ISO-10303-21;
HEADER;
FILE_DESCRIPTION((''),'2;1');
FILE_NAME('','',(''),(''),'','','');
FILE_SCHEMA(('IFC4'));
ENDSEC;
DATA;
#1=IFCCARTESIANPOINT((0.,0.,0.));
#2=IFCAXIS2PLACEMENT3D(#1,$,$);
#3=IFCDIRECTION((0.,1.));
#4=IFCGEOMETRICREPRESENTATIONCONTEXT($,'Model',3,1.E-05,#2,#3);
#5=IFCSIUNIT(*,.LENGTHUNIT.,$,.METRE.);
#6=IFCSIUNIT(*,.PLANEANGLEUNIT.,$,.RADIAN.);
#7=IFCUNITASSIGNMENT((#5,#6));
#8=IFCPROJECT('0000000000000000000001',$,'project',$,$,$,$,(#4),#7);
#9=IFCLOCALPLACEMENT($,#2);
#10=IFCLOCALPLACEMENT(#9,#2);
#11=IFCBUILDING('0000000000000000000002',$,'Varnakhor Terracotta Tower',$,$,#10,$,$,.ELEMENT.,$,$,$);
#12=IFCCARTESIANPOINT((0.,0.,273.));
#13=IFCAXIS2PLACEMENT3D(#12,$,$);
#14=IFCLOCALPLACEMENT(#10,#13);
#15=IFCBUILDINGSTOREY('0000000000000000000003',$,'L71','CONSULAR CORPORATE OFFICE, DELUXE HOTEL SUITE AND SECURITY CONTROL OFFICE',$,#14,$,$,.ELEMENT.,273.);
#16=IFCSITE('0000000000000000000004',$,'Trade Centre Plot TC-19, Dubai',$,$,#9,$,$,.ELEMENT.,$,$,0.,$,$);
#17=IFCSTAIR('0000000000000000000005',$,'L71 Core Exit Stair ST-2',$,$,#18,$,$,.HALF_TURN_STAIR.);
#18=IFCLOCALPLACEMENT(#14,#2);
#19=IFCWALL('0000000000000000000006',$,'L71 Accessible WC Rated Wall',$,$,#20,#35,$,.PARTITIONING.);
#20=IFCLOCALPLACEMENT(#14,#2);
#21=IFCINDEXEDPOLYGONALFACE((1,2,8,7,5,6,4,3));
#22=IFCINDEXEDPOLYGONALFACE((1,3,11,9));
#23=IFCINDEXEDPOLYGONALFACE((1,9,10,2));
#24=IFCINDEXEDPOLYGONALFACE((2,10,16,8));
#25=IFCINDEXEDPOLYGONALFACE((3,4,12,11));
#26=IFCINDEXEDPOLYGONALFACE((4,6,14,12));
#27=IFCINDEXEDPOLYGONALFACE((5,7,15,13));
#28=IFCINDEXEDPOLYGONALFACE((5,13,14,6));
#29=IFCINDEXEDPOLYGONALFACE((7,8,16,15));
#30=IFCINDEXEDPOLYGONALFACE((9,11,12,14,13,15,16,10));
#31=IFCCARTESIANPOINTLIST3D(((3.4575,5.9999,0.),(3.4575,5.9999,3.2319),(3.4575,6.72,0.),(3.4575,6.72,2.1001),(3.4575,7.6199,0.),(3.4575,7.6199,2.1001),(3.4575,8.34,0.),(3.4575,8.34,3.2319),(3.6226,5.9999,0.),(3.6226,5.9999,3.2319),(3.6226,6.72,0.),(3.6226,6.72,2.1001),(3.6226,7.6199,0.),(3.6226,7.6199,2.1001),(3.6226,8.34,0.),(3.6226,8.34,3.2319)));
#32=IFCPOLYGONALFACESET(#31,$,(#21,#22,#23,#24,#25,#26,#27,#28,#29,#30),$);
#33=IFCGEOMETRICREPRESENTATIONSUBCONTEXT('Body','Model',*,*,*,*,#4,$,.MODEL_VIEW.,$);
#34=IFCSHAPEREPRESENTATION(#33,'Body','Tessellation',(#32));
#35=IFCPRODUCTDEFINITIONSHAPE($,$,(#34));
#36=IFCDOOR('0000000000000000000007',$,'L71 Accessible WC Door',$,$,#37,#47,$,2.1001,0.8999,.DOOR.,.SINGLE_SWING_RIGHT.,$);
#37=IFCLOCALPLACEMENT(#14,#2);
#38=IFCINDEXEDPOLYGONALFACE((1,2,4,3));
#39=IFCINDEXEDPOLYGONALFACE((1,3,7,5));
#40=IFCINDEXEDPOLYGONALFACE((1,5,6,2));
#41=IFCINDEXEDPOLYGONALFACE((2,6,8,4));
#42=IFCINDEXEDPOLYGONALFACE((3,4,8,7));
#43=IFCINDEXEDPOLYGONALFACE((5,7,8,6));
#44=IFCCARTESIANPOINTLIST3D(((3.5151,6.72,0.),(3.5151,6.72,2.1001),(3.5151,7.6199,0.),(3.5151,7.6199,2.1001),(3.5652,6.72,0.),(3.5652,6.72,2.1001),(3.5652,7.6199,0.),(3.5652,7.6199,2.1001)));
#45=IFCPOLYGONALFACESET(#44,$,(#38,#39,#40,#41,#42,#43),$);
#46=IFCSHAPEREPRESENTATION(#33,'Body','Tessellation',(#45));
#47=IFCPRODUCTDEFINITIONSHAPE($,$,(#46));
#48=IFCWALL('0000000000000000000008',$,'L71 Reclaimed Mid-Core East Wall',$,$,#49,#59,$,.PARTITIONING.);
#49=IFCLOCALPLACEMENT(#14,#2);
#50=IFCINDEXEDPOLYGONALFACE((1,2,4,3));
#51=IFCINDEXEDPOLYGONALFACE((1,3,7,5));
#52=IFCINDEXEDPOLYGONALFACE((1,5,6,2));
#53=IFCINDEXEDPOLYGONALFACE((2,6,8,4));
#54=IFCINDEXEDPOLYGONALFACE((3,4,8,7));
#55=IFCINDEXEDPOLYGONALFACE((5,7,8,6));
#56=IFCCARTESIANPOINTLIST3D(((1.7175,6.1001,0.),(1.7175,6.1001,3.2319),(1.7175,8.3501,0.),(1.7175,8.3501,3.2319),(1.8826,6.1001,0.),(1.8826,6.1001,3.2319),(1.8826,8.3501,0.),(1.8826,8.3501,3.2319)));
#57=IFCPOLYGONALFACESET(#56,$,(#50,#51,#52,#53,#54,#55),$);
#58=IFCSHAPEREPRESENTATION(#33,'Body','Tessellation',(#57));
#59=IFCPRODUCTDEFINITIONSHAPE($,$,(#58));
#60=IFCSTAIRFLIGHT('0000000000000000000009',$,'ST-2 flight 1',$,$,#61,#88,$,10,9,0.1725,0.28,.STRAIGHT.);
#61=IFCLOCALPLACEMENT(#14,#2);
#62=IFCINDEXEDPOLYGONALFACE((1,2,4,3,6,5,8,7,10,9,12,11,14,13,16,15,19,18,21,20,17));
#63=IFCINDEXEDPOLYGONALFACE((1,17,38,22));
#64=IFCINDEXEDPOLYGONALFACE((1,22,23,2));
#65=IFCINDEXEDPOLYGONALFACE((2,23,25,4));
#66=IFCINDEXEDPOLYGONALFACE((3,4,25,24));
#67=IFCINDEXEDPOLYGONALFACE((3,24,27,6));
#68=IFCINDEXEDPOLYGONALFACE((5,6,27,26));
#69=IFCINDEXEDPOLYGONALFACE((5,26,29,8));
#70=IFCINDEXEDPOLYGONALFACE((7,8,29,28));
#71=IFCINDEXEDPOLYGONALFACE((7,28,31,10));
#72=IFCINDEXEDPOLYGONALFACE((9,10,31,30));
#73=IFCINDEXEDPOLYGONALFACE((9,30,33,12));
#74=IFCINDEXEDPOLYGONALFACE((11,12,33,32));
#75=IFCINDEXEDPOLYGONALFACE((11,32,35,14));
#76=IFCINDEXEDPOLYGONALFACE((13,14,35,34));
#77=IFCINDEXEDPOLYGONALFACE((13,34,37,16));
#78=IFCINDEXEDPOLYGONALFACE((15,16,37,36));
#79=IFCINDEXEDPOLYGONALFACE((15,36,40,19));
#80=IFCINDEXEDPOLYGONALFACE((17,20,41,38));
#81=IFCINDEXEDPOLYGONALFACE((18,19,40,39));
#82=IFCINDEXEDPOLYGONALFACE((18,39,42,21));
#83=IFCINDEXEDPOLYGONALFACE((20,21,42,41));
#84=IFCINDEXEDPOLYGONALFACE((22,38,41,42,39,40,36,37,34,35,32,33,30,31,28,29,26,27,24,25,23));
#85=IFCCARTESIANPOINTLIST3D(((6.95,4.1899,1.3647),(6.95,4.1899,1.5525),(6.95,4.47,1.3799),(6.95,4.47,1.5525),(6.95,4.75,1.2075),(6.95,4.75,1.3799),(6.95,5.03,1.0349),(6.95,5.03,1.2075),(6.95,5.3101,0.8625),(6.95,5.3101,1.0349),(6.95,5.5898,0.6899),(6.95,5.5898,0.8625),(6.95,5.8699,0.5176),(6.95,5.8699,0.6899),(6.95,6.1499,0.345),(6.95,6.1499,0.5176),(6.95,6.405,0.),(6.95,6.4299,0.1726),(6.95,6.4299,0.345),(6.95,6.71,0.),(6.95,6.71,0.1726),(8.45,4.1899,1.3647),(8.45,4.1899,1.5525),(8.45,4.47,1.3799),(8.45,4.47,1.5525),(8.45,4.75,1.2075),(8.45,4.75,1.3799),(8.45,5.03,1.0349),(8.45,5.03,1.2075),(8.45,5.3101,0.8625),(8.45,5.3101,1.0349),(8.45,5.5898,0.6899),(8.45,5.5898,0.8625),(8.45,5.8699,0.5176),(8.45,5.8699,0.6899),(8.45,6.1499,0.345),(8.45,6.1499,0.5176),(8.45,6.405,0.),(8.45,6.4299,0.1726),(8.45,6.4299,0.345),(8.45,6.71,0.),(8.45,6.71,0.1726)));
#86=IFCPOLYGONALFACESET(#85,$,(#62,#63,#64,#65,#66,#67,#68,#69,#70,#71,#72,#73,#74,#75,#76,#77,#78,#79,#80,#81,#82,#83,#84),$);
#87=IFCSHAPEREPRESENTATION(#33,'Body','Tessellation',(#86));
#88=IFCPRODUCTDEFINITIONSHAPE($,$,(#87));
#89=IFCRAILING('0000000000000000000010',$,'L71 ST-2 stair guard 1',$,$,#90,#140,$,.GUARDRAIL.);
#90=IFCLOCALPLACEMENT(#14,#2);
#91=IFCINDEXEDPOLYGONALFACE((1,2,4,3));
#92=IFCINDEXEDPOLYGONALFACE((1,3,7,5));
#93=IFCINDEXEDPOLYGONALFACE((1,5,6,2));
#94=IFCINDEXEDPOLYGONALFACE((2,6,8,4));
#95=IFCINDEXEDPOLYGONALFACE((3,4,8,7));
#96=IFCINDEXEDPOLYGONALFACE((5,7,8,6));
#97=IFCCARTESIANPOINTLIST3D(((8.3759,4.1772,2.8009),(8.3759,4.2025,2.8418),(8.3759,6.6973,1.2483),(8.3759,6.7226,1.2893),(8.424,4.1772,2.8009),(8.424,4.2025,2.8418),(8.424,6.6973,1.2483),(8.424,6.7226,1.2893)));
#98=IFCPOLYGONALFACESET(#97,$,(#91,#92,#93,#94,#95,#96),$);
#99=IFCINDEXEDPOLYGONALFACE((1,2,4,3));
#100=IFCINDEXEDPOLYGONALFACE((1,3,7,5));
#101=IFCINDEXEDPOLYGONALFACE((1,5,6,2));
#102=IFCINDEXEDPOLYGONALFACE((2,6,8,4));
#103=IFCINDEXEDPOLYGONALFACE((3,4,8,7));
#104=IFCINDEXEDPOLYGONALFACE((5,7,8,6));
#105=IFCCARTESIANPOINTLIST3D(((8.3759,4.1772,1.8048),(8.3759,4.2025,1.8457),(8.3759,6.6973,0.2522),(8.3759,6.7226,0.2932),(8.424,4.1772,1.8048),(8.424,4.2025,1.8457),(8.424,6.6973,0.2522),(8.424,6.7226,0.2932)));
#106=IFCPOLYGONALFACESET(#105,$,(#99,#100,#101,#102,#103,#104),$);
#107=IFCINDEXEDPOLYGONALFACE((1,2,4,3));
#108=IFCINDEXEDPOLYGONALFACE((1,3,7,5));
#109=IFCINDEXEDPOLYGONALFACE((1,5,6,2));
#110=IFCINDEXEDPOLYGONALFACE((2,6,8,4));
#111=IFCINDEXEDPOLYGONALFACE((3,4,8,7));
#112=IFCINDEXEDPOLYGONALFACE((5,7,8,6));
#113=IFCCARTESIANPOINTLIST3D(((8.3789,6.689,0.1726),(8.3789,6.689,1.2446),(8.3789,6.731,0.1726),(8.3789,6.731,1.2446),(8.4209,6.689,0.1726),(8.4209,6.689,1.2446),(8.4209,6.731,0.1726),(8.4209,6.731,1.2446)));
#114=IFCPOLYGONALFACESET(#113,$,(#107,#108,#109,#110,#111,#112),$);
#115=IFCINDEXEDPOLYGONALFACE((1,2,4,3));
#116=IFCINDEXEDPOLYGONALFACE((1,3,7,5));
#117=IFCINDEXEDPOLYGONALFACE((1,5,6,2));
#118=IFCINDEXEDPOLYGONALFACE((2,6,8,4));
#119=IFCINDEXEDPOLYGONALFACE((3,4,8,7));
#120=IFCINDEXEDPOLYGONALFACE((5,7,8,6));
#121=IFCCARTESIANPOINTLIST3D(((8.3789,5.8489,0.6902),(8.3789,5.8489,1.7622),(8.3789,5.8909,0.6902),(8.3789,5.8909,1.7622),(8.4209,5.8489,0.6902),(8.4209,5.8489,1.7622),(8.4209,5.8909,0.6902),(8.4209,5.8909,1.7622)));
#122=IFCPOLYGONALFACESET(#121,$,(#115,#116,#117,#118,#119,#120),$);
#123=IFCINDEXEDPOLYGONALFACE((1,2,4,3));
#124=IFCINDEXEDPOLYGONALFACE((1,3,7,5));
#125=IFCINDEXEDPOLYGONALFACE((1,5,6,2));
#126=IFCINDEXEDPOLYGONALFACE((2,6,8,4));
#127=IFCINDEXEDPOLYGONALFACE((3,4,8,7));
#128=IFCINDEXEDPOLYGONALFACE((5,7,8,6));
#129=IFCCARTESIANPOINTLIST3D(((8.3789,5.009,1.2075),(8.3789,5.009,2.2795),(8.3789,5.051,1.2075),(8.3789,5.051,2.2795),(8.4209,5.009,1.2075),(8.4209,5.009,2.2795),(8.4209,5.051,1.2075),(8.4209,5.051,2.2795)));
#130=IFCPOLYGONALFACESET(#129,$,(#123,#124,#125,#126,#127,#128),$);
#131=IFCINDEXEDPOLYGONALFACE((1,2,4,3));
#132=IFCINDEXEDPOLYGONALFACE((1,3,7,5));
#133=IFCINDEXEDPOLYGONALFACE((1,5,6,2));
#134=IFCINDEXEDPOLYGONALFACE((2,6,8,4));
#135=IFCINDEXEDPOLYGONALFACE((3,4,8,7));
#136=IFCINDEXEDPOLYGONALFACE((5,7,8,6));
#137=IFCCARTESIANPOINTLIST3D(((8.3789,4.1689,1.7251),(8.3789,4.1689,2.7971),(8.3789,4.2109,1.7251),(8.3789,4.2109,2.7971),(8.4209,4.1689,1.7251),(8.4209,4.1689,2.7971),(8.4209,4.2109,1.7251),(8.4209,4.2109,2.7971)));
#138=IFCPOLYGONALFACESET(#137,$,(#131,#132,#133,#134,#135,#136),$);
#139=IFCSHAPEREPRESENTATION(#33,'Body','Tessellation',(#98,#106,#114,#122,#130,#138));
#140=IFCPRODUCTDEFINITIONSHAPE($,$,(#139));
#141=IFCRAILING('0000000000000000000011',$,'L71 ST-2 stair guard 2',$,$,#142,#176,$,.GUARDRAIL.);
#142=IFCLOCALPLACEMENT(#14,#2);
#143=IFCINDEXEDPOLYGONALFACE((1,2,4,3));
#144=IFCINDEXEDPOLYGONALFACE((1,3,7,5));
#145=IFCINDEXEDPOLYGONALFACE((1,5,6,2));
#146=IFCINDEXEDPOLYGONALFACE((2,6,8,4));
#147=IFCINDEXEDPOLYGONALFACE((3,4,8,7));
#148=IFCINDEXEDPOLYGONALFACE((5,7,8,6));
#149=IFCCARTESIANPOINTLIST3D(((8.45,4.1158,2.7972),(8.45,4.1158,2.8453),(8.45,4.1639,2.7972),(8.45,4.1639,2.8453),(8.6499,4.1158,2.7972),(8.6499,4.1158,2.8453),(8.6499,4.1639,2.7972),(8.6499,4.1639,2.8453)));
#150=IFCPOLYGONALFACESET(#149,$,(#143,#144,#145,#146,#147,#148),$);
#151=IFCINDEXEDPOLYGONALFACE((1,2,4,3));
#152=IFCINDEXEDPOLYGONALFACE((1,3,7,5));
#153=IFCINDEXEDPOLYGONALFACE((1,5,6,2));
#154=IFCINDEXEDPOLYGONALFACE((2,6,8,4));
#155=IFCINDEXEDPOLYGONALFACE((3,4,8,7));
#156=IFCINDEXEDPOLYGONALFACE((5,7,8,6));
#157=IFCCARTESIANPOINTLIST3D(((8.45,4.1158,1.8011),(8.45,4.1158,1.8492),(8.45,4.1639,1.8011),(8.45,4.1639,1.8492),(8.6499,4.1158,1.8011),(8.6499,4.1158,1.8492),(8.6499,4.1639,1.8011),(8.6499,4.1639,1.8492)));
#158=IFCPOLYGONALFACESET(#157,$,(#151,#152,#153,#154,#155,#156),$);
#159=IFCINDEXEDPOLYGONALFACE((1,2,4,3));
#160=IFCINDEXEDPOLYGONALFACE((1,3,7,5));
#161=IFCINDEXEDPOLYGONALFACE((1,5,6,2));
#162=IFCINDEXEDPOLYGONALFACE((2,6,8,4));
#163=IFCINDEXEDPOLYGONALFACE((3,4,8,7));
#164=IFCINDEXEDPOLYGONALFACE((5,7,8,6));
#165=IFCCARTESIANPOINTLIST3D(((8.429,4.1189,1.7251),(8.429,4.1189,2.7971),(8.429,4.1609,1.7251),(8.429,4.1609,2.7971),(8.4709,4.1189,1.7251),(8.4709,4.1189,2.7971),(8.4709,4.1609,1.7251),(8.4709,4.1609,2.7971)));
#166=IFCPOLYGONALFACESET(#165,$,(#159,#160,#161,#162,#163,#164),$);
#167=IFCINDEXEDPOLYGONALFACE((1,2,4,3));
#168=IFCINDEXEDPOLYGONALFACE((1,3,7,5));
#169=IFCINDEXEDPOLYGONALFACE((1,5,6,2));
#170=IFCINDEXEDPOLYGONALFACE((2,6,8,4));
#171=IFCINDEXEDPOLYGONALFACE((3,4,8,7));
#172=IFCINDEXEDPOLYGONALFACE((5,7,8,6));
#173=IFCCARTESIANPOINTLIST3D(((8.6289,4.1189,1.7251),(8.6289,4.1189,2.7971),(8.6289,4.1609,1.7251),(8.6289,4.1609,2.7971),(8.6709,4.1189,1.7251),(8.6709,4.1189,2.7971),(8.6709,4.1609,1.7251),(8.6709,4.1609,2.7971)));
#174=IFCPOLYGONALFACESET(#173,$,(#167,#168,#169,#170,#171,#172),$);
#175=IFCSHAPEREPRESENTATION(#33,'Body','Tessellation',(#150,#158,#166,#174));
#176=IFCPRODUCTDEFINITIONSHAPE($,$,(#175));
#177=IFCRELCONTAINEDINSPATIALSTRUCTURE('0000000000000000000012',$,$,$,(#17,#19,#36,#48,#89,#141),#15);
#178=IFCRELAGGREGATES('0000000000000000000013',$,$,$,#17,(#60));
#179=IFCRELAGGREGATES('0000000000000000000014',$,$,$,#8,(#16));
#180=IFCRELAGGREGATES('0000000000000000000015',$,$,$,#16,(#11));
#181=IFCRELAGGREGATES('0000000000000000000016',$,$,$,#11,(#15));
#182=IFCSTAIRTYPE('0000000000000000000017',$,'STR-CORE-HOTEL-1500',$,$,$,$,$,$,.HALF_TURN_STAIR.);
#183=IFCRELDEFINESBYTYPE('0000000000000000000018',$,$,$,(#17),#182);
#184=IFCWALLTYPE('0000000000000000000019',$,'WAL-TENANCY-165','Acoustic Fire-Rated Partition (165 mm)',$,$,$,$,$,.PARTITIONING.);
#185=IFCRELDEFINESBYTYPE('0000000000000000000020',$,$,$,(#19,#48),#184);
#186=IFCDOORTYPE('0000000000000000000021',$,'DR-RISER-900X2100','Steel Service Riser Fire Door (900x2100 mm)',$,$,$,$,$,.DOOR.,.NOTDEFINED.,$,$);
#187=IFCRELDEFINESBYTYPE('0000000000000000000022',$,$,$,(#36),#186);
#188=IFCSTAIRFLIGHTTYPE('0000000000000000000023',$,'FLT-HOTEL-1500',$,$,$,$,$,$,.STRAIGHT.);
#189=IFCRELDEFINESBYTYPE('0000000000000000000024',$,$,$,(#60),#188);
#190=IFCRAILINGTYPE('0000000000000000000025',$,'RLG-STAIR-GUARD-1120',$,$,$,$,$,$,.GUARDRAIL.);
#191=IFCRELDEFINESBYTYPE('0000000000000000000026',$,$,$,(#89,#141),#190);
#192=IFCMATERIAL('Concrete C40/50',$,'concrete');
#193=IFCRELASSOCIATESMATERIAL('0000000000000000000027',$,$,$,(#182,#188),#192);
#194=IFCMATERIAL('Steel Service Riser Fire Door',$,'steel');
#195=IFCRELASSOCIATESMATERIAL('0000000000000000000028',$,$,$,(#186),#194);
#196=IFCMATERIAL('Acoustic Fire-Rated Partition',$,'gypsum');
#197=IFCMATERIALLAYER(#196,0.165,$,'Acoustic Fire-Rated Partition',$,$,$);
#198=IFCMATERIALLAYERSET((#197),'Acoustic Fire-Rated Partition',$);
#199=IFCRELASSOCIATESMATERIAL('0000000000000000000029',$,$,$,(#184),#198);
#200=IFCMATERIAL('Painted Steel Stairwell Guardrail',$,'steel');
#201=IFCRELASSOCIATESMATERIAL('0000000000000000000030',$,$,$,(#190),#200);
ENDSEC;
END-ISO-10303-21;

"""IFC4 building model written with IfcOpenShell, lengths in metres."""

from ifc_helpers import new_model, si_unit, direction, frame, frame_2d, origin, origin_2d, place, context, subcontext, project, spatial, polyline, rectangle, outline, extrude, source, transform, mapped, material, layer, layer_set, type_object, type_shapes, element, fill, aggregate, save


model = new_model("IFC4")

# Units and contexts
model_context = context("Model", 3, precision=1e-05, world=origin(), true_north=direction((0.0, 1.0)))
body_context = subcontext(model_context, "Body", "Model", "MODEL_VIEW")
ifc_project = project(units=[si_unit("LENGTHUNIT", "METRE"), si_unit("PLANEANGLEUNIT", "RADIAN")], contexts=[model_context])

# Site, building, storey
site_placement = place(None, origin())
site = spatial("IfcSite", under=ifc_project, at=site_placement, Name="Trade Centre Plot TC-19, Dubai", CompositionType="ELEMENT", RefElevation=0.0)
building_placement = place(site_placement, origin())
building = spatial("IfcBuilding", under=site, at=building_placement, Name="Varnakhor Terracotta Tower", CompositionType="ELEMENT")
storey_placement = place(building_placement, frame((0.0, 0.0, 273.0)))
storey = spatial("IfcBuildingStorey", under=building, at=storey_placement, Name="L71", Description="CONSULAR CORPORATE OFFICE, DELUXE HOTEL SUITE AND SECURITY CONTROL OFFICE", CompositionType="ELEMENT", Elevation=273.0)

# Shared definitions
ifc_material_1 = material(Name="Concrete C40/50", Category="concrete")

# Stair
stair_type = type_object("IfcStairType", Name="STR-CORE-HOTEL-1500", PredefinedType="HALF_TURN_STAIR", material=ifc_material_1)
stair_1_placement = place(storey_placement, origin())
stair_1 = element("IfcStair", 1, at=stair_1_placement, inside=storey, type_object=stair_type, Name="L71 Core Exit Stair ST-2", PredefinedType="HALF_TURN_STAIR")

# Shared definitions
ifc_material_2 = material(Name="Acoustic Fire-Rated Partition", Category="gypsum")

# Wall, opening, door
ifc_material_3 = material(Name="Steel Service Riser Fire Door", Category="steel")
door_type_1 = type_object("IfcDoorType", Name="DR-RISER-900X2100", Description="Steel Service Riser Fire Door (900x2100 mm)", OperationType="NOTDEFINED", PredefinedType="DOOR", material=ifc_material_3)
shared_shape_1 = source(origin(), body_context, "Body", "SweptSolid", [
    extrude(rectangle(XDim=0.8999, YDim=2.1001, at=frame_2d((0.45, 1.05))), frame((0.0, 0.0249, 0.0), z_axis=(0.0, -1.0, 0.0), x_axis=(1.0, 0.0, 0.0)), (0.0, 0.0, 1.0), 0.05),
])
type_shapes(door_type_1, [shared_shape_1])
ifc_layer_1 = layer(ifc_material_2, 0.165, Name="Acoustic Fire-Rated Partition")
ifc_layer_set_1 = layer_set([ifc_layer_1], Name="Acoustic Fire-Rated Partition")
wall_type_1 = type_object("IfcWallType", Name="WAL-TENANCY-165", Description="Acoustic Fire-Rated Partition (165 mm)", PredefinedType="PARTITIONING", material=ifc_layer_set_1)
wall_1_placement = place(storey_placement, frame((3.54, 6.0, 0.0), z_axis=(0.0, 0.0, 1.0), x_axis=(0.0, 1.0, 0.0)))
wall_1 = element("IfcWall", 2, at=wall_1_placement, inside=storey, type_object=wall_type_1, Name="L71 Accessible WC Rated Wall", PredefinedType="PARTITIONING", context=body_context, shape_type="SweptSolid", body=[
    extrude(rectangle(XDim=2.3401, YDim=0.165, at=frame_2d((1.1699, 0.0))), origin(), (0.0, 0.0, 1.0), 3.2319),
])
opening_1_placement = place(wall_1_placement, frame((0.72, 0.0, 0.0)))
opening_1 = element("IfcOpeningElement", 3, at=opening_1_placement, cuts=wall_1, PredefinedType="OPENING", context=body_context, shape_type="SweptSolid", body=[
    extrude(rectangle(XDim=0.8999, YDim=2.1001, at=frame_2d((0.45, 1.05))), frame((0.0, 0.0925, 0.0), z_axis=(0.0, -1.0, 0.0), x_axis=(1.0, 0.0, 0.0)), (0.0, 0.0, 1.0), 0.1851),
])
door_1_placement = place(opening_1_placement, origin())
door_1 = element("IfcDoor", 4, at=door_1_placement, inside=storey, type_object=door_type_1, Name="L71 Accessible WC Door", OperationType="SINGLE_SWING_RIGHT", OverallHeight=2.1001, OverallWidth=0.8999, PredefinedType="DOOR", context=body_context, shape_type="MappedRepresentation", body=[
    mapped(shared_shape_1, transform((0.0, 0.0, 0.0), scale=1.0)),
])
fill(opening_1, door_1)

# Wall
wall_2_placement = place(storey_placement, frame((1.8, 6.1001, 0.0), z_axis=(0.0, 0.0, 1.0), x_axis=(0.0, 1.0, 0.0)))
element("IfcWall", 5, at=wall_2_placement, inside=storey, type_object=wall_type_1, Name="L71 Reclaimed Mid-Core East Wall", PredefinedType="PARTITIONING", context=body_context, shape_type="SweptSolid", body=[
    extrude(rectangle(XDim=2.25, YDim=0.165, at=frame_2d((1.125, 0.0))), origin(), (0.0, 0.0, 1.0), 3.2319),
])

# Stair flight
stair_flight_type = type_object("IfcStairFlightType", Name="FLT-HOTEL-1500", PredefinedType="STRAIGHT", material=ifc_material_1)
stair_flight_placement = place(storey_placement, frame((7.7, 6.71, 0.0), z_axis=(0.0, 0.0, 1.0), x_axis=(0.0, -1.0, 0.0)))
stair_flight = element("IfcStairFlight", 6, at=stair_flight_placement, type_object=stair_flight_type, Name="ST-2 flight 1", NumberOfRisers=10, NumberOfTreads=9, PredefinedType="STRAIGHT", RiserHeight=0.1725, TreadLength=0.28, context=body_context, shape_type="SweptSolid", body=[
    extrude(outline(polyline([(0.0, 0.0), (0.0, 0.1726), (0.28, 0.1726), (0.28, 0.345), (0.5601, 0.345), (0.5601, 0.5176), (0.8401, 0.5176), (0.8401, 0.6899), (1.1201, 0.6899), (1.1201, 0.8625), (1.3999, 0.8625), (1.3999, 1.0349), (1.6799, 1.0349), (1.6799, 1.2075), (1.96, 1.2075), (1.96, 1.3799), (2.24, 1.3799), (2.24, 1.5525), (2.52, 1.5525), (2.52, 1.7251), (2.52, 1.3647), (0.3049, 0.0), (0.0, 0.0)])), frame((0.0, 0.75, 0.0), z_axis=(0.0, -1.0, 0.0), x_axis=(1.0, 0.0, 0.0)), (0.0, 0.0, 1.0), 1.5),
])
aggregate(stair_1, [stair_flight])

# Railings
ifc_material_4 = material(Name="Painted Steel Stairwell Guardrail", Category="steel")
railing_type_1 = type_object("IfcRailingType", Name="RLG-STAIR-GUARD-1120", PredefinedType="GUARDRAIL", material=ifc_material_4)
railing_1_placement = place(storey_placement, frame((8.3999, 6.71, 0.1726)))
element("IfcRailing", 7, at=railing_1_placement, inside=storey, type_object=railing_type_1, Name="L71 ST-2 stair guard 1", PredefinedType="GUARDRAIL", context=body_context, shape_type="SweptSolid", body=[
    extrude(rectangle(XDim=0.0481, YDim=0.0481, at=origin_2d()), frame((0.0, 0.0, 1.0962), z_axis=(0.0, -0.8514, 0.524516), x_axis=(1.0, 0.0, 0.0)), (0.0, 0.0, 1.0), 2.96),
    extrude(rectangle(XDim=0.0481, YDim=0.0481, at=origin_2d()), frame((0.0, 0.0, 0.1001), z_axis=(0.0, -0.8514, 0.524516), x_axis=(1.0, 0.0, 0.0)), (0.0, 0.0, 1.0), 2.96),
    extrude(rectangle(XDim=0.042, YDim=0.042, at=origin_2d()), origin(), (0.0, 0.0, 1.0), 1.072),
    extrude(rectangle(XDim=0.042, YDim=0.042, at=origin_2d()), frame((0.0, -0.8401, 0.5176)), (0.0, 0.0, 1.0), 1.072),
    extrude(rectangle(XDim=0.042, YDim=0.042, at=origin_2d()), frame((0.0, -1.6799, 1.0349)), (0.0, 0.0, 1.0), 1.072),
    extrude(rectangle(XDim=0.042, YDim=0.042, at=origin_2d()), frame((0.0, -2.52, 1.5525)), (0.0, 0.0, 1.0), 1.072),
])
railing_2_placement = place(storey_placement, frame((8.45, 4.1399, 1.7251)))
element("IfcRailing", 8, at=railing_2_placement, inside=storey, type_object=railing_type_1, Name="L71 ST-2 stair guard 2", PredefinedType="GUARDRAIL", context=body_context, shape_type="SweptSolid", body=[
    extrude(rectangle(XDim=0.0481, YDim=0.0481, at=origin_2d()), frame((0.0, 0.0, 1.0962), z_axis=(1.0, 0.0, 0.0), x_axis=(0.0, 1.0, 0.0)), (0.0, 0.0, 1.0), 0.2),
    extrude(rectangle(XDim=0.0481, YDim=0.0481, at=origin_2d()), frame((0.0, 0.0, 0.1001), z_axis=(1.0, 0.0, 0.0), x_axis=(0.0, 1.0, 0.0)), (0.0, 0.0, 1.0), 0.2),
    extrude(rectangle(XDim=0.042, YDim=0.042, at=origin_2d()), origin(), (0.0, 0.0, 1.0), 1.072),
    extrude(rectangle(XDim=0.042, YDim=0.042, at=origin_2d()), frame((0.2, 0.0, 0.0)), (0.0, 0.0, 1.0), 1.072),
])

save(model, "model.ifc")
